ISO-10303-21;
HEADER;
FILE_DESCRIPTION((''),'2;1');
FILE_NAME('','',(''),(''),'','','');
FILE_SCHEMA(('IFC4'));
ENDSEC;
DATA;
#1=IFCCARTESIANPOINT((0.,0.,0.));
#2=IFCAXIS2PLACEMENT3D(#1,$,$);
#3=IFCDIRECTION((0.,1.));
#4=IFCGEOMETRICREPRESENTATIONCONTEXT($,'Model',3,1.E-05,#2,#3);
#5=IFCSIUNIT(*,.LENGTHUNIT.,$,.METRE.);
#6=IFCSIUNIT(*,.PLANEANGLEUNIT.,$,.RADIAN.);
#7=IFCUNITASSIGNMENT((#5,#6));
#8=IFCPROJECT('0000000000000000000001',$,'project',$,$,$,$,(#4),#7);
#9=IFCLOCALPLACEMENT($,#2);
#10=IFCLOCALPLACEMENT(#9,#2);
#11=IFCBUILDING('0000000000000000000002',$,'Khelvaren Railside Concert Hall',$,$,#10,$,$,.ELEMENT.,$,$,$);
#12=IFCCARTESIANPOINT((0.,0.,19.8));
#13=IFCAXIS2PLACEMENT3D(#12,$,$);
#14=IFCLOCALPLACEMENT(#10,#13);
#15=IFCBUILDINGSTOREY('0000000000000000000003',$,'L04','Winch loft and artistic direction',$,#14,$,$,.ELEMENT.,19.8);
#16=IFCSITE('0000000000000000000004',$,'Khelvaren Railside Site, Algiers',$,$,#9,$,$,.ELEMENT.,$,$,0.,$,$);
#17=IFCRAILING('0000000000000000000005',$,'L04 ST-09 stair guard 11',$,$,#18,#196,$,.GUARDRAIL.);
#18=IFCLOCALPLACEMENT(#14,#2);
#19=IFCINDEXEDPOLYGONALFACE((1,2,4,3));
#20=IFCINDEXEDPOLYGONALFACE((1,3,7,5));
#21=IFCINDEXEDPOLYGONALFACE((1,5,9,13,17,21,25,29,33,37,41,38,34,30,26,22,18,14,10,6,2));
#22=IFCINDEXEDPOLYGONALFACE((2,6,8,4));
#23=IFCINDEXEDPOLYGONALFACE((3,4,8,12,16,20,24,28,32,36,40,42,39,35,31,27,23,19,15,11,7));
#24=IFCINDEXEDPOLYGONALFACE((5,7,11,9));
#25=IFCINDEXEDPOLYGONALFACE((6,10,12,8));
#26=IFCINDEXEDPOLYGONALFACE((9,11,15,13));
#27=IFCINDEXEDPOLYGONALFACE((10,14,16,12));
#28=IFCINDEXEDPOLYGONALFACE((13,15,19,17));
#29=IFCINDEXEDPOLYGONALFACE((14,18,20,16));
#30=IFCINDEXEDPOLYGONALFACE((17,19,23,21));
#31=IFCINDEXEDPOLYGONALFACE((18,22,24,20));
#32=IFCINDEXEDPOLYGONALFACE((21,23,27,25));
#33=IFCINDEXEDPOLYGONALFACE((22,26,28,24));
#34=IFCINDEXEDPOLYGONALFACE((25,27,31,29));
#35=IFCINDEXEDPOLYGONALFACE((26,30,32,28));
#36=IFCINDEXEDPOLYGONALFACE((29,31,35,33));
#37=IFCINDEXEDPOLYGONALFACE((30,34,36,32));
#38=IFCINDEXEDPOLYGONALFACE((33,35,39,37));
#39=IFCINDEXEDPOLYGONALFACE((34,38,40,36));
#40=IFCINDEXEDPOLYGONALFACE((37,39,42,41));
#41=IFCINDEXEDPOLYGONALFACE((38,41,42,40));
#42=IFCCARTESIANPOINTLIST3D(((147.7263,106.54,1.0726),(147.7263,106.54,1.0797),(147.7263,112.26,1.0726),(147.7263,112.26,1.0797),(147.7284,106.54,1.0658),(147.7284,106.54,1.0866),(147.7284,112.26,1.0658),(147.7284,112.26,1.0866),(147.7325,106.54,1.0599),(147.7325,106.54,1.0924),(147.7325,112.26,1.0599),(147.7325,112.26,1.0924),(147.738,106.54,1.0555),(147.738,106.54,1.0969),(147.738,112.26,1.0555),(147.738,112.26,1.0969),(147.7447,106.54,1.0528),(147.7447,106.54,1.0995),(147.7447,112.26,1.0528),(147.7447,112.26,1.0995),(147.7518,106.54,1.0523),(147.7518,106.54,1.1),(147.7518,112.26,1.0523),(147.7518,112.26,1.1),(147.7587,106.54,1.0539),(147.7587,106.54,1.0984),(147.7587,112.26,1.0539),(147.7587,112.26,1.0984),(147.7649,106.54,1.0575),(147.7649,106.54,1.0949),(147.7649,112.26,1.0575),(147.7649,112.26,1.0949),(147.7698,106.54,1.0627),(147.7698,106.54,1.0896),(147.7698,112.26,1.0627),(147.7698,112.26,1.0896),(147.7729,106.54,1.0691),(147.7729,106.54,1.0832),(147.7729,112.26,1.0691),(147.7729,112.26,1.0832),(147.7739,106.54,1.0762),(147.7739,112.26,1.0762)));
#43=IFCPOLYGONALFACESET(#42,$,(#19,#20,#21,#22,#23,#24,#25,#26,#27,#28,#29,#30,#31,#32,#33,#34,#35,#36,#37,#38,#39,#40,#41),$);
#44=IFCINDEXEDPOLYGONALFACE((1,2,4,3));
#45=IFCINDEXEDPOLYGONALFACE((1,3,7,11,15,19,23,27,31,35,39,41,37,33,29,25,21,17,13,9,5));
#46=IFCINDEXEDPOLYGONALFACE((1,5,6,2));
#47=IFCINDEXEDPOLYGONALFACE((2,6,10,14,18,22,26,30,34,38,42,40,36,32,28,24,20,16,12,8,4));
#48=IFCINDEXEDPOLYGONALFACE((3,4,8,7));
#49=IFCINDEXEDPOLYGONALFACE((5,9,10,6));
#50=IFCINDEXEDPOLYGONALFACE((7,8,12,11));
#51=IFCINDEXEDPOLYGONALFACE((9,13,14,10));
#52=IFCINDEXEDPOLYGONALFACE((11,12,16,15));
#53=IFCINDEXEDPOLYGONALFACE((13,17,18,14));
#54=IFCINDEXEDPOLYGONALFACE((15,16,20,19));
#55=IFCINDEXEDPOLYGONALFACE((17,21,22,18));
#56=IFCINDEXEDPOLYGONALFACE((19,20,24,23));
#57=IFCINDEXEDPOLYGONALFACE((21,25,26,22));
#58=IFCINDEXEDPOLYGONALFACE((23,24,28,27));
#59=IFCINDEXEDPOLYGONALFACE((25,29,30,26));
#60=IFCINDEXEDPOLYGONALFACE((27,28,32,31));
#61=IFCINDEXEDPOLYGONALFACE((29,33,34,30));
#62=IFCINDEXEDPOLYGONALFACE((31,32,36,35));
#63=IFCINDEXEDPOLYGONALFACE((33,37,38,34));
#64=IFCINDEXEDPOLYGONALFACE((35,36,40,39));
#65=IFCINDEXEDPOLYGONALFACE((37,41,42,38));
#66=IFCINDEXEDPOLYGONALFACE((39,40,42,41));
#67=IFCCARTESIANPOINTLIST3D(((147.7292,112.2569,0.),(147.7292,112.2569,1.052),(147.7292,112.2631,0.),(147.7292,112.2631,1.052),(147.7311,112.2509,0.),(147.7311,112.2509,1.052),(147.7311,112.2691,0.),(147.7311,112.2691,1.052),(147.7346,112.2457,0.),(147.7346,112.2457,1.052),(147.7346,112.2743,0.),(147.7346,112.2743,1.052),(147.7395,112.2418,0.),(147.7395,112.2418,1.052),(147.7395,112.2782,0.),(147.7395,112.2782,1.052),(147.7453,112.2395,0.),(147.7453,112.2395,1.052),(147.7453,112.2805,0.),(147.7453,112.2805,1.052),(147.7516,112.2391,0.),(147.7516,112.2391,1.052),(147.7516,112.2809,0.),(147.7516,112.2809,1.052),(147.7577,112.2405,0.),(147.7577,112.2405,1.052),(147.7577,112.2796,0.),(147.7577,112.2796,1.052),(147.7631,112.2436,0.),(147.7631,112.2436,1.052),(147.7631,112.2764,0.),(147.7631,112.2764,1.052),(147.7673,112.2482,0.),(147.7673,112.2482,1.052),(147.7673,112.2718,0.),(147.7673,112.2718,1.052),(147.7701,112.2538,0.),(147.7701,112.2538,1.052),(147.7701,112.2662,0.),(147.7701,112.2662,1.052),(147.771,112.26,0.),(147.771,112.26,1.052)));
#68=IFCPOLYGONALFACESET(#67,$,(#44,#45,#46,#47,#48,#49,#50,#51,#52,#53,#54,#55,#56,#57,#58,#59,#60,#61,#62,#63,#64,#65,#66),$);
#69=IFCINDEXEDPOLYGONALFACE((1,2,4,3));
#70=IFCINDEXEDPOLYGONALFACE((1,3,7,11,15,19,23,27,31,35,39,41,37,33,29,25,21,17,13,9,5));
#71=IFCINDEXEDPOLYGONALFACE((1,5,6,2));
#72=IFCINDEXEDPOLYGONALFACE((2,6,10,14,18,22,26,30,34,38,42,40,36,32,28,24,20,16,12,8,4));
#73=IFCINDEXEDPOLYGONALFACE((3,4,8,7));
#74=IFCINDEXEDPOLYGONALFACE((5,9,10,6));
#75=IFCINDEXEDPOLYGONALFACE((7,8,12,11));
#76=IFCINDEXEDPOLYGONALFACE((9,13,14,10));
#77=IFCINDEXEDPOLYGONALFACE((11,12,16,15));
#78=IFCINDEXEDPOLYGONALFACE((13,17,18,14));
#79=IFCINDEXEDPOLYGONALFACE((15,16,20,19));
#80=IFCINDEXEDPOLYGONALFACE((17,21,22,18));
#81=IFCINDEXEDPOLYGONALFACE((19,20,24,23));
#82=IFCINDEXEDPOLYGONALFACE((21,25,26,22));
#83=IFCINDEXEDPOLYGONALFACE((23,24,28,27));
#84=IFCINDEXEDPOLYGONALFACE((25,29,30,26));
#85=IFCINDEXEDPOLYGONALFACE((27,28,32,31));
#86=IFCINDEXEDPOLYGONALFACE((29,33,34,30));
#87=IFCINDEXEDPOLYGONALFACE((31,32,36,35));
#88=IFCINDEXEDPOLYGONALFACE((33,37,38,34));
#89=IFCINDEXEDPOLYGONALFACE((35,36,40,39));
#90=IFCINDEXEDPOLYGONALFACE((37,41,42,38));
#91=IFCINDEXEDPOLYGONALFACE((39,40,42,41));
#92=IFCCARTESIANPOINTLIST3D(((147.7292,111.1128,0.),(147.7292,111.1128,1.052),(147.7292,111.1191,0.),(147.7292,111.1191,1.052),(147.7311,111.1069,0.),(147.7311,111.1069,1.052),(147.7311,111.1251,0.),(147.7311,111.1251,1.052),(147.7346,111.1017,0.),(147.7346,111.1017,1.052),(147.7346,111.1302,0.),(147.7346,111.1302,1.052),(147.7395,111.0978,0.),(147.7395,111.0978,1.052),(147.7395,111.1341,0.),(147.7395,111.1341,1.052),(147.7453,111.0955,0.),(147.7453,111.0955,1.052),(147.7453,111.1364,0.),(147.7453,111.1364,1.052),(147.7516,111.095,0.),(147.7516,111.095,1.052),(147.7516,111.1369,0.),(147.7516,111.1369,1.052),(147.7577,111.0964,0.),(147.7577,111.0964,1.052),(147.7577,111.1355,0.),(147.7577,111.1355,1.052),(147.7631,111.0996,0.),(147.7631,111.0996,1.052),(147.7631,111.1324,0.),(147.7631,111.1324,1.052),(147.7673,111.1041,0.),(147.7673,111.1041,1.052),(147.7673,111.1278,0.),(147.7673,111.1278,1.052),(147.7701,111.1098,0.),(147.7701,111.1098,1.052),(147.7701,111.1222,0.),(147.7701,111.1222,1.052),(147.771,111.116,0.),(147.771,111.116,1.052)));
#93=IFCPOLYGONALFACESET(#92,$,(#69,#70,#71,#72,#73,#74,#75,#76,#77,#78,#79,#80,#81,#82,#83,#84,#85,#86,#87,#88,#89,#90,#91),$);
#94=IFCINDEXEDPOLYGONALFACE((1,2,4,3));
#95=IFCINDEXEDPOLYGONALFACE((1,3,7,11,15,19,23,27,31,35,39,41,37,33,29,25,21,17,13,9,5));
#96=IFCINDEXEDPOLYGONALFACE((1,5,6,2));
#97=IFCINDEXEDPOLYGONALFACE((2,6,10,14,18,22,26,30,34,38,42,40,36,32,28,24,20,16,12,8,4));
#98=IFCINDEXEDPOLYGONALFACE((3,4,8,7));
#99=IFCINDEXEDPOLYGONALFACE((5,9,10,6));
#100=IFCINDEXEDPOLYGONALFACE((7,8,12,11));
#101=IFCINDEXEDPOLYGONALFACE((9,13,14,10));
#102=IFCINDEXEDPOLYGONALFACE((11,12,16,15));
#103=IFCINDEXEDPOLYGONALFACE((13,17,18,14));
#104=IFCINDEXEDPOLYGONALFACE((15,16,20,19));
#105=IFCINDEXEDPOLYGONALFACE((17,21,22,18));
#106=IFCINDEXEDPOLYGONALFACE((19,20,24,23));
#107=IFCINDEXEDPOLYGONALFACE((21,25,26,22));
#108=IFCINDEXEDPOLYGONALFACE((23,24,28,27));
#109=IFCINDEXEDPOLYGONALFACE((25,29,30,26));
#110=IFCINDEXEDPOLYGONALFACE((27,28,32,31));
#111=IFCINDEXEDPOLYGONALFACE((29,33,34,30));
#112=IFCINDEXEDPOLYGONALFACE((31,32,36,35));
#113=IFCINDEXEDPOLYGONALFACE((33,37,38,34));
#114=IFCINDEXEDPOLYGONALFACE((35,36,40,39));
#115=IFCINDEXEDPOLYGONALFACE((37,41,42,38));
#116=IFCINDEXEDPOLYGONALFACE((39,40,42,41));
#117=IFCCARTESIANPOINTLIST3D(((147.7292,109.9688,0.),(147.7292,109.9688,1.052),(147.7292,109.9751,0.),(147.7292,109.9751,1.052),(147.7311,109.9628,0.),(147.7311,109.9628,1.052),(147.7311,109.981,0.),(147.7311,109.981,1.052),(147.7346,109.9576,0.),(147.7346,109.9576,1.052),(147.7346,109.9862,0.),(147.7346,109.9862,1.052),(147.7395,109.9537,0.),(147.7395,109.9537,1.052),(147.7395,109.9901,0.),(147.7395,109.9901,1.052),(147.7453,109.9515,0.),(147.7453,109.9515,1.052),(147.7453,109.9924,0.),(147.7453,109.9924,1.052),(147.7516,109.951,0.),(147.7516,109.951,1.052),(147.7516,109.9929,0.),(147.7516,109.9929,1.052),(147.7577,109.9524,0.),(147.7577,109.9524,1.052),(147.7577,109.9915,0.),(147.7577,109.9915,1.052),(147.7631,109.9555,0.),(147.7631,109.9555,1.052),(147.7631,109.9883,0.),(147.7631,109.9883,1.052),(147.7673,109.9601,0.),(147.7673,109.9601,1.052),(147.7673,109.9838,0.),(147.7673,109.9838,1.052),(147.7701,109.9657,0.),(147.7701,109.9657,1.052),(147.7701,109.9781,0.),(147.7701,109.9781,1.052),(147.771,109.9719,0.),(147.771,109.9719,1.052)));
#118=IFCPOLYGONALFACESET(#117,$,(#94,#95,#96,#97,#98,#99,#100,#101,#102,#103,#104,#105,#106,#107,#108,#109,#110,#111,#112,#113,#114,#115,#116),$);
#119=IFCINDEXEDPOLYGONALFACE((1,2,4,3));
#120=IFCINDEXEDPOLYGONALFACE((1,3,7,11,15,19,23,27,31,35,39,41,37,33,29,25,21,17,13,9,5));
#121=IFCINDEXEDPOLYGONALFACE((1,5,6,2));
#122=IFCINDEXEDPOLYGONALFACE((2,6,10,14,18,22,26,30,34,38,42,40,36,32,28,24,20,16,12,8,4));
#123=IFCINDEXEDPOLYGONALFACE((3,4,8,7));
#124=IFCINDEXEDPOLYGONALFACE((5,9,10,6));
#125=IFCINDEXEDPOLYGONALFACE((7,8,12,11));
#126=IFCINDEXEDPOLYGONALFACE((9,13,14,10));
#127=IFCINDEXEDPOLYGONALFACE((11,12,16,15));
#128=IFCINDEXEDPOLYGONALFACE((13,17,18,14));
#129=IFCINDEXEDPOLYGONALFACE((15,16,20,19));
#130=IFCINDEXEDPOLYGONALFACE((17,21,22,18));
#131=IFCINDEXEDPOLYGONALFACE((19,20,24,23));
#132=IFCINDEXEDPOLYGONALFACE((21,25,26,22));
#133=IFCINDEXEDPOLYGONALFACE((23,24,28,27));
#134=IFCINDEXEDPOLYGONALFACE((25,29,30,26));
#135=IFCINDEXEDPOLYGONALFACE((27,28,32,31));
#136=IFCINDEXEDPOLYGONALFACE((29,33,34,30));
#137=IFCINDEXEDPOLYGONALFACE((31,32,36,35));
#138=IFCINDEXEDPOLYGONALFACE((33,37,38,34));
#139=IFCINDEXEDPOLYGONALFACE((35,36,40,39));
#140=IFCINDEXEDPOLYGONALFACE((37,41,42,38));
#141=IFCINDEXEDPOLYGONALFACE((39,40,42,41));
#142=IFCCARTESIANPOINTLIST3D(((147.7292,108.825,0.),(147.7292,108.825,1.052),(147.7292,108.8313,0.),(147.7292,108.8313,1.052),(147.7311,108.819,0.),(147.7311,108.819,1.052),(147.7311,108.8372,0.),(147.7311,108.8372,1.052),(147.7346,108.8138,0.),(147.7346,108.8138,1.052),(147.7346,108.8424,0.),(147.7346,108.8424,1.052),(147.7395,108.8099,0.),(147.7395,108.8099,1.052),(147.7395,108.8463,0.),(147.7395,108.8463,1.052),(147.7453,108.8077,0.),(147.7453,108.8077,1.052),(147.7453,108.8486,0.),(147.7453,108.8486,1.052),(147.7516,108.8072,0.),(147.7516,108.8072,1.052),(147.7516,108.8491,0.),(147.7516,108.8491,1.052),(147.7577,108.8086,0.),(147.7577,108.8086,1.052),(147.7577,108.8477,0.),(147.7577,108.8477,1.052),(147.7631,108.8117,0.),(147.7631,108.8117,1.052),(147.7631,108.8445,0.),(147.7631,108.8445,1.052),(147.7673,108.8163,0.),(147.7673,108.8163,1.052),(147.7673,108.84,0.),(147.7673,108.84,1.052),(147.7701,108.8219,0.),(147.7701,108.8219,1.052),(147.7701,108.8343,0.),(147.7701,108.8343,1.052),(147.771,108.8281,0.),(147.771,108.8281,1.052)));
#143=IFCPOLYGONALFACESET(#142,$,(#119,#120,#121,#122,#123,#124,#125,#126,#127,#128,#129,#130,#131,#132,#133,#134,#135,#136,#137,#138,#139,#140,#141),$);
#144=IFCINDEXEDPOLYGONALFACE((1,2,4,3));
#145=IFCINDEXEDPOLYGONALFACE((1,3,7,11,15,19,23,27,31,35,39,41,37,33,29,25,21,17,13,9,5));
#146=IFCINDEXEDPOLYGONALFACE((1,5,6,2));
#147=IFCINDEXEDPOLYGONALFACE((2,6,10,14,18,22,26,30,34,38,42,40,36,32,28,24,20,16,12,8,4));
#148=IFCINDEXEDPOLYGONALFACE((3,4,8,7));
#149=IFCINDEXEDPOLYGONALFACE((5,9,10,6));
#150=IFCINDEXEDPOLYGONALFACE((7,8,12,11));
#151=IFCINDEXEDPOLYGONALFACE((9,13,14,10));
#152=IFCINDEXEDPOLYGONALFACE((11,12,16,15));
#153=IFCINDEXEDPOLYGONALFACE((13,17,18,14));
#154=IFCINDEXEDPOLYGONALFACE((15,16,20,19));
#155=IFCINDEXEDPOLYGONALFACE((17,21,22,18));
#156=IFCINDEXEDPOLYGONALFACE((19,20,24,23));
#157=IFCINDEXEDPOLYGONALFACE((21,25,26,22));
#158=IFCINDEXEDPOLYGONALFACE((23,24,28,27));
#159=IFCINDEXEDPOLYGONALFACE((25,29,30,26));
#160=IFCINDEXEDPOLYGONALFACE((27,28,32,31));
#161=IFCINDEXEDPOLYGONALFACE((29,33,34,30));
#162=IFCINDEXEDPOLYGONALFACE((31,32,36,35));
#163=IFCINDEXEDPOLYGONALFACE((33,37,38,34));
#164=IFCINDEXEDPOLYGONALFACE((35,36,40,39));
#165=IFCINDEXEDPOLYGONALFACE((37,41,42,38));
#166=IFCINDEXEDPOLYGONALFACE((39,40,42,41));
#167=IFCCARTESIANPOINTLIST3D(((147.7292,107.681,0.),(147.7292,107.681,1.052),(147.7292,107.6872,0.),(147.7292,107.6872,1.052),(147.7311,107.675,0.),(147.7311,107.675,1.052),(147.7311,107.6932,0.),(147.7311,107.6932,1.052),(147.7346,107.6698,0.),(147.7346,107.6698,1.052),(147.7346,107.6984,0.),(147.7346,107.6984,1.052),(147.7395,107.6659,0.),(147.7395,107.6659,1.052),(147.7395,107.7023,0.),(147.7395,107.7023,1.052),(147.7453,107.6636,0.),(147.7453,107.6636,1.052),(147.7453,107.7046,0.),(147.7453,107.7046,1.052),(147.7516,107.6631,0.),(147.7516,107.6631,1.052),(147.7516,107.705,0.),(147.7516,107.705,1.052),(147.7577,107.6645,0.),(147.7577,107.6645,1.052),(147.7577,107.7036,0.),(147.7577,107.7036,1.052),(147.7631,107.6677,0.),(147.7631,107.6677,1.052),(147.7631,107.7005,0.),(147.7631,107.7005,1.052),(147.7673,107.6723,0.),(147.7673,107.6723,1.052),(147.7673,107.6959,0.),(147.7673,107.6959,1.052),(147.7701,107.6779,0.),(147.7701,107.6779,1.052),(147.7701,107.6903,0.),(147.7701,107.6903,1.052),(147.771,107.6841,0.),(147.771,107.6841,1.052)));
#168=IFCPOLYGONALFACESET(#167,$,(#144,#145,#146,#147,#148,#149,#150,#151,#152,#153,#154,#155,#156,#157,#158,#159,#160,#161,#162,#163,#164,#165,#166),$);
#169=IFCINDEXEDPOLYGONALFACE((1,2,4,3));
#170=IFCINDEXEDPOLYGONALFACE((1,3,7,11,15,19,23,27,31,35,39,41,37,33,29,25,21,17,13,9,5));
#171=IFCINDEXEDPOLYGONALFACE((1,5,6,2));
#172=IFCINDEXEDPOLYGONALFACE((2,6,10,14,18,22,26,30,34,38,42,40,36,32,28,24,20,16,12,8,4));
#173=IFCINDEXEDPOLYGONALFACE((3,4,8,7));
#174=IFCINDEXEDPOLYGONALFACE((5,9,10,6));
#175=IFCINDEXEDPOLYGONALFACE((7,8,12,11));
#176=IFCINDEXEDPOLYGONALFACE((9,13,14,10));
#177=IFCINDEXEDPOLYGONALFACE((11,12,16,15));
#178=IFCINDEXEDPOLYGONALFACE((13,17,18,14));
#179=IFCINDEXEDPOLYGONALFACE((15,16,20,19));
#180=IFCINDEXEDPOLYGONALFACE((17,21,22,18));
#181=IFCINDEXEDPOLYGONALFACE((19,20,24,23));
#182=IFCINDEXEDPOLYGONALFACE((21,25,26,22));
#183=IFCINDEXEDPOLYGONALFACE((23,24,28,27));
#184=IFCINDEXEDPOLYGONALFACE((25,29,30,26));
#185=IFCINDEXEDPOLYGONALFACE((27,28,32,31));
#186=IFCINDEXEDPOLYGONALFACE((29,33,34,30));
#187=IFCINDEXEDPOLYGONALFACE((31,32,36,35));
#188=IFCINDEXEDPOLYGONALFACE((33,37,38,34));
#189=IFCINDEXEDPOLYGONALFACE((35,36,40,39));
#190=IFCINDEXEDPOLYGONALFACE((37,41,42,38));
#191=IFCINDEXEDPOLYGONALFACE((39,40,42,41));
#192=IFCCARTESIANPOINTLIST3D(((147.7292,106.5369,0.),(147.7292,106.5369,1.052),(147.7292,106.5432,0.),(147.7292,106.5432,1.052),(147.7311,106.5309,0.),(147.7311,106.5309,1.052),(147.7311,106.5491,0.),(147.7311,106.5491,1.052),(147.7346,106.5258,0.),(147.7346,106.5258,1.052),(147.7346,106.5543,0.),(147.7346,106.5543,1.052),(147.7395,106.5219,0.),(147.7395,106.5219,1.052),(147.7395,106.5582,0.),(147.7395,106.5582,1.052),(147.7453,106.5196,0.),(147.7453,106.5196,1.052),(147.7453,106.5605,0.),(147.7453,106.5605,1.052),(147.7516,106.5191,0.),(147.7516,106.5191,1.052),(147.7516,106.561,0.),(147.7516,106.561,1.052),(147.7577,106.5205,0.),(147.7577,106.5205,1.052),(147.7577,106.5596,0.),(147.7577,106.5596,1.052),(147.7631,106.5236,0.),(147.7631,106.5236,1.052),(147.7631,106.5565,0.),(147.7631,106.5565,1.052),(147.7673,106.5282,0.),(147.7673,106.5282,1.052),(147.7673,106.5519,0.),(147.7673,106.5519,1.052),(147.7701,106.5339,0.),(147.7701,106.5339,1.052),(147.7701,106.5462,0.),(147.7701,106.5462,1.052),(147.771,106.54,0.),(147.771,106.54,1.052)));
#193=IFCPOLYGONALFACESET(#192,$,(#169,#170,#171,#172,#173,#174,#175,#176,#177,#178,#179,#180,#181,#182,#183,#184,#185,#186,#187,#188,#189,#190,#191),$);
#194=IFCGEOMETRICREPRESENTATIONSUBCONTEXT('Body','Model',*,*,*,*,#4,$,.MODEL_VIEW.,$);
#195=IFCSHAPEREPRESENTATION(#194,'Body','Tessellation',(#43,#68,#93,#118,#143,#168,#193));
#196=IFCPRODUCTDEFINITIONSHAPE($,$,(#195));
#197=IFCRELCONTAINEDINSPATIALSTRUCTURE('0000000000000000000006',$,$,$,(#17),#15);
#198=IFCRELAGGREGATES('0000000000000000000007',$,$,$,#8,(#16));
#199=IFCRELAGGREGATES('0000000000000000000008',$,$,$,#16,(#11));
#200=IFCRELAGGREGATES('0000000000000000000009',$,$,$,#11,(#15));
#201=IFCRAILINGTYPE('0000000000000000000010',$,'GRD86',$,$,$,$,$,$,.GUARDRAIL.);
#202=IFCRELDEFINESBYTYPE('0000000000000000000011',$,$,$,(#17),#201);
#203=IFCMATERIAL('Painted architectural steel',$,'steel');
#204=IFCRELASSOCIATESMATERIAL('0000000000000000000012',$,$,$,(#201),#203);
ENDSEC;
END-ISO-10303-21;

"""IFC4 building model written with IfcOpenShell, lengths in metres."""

from ifc_helpers import new_model, si_unit, direction, frame, origin, origin_2d, place, context, subcontext, project, spatial, circle, extrude, material, type_object, element, save


model = new_model("IFC4")

# Units and contexts
model_context = context("Model", 3, precision=1e-05, world=origin(), true_north=direction((0.0, 1.0)))
body_context = subcontext(model_context, "Body", "Model", "MODEL_VIEW")
ifc_project = project(units=[si_unit("LENGTHUNIT", "METRE"), si_unit("PLANEANGLEUNIT", "RADIAN")], contexts=[model_context])

# Site, building, storey
site_placement = place(None, origin())
site = spatial("IfcSite", under=ifc_project, at=site_placement, Name="Khelvaren Railside Site, Algiers", CompositionType="ELEMENT", RefElevation=0.0)
building_placement = place(site_placement, origin())
building = spatial("IfcBuilding", under=site, at=building_placement, Name="Khelvaren Railside Concert Hall", CompositionType="ELEMENT")
storey_placement = place(building_placement, frame((0.0, 0.0, 19.8)))
storey = spatial("IfcBuildingStorey", under=building, at=storey_placement, Name="L04", Description="Winch loft and artistic direction", CompositionType="ELEMENT", Elevation=19.8)

# Railing
ifc_material_1 = material(Name="Painted architectural steel", Category="steel")
railing_type_1 = type_object("IfcRailingType", Name="GRD86", PredefinedType="GUARDRAIL", material=ifc_material_1)
for number, where, name in (
    (1, (147.75, 112.26, 0.0), "L04 ST-09 stair guard 11"),
):
    element("IfcRailing", number, at=place(storey_placement, frame(where)), inside=storey, type_object=railing_type_1, Name=name, PredefinedType="GUARDRAIL", context=body_context, shape_type="SweptSolid", body=[
        extrude(circle(Radius=0.0239, at=origin_2d()), frame((0.0, 0.0, 1.0762), z_axis=(0.0, -1.0, 0.0), x_axis=(1.0, 0.0, 0.0)), (0.0, 0.0, 1.0), 5.72),
        extrude(circle(Radius=0.021, at=origin_2d()), origin(), (0.0, 0.0, 1.0), 1.052),
        extrude(circle(Radius=0.021, at=origin_2d()), frame((0.0, -1.144, 0.0)), (0.0, 0.0, 1.0), 1.052),
        extrude(circle(Radius=0.021, at=origin_2d()), frame((0.0, -2.2881, 0.0)), (0.0, 0.0, 1.0), 1.052),
        extrude(circle(Radius=0.021, at=origin_2d()), frame((0.0, -3.4319, 0.0)), (0.0, 0.0, 1.0), 1.052),
        extrude(circle(Radius=0.021, at=origin_2d()), frame((0.0, -4.5759, 0.0)), (0.0, 0.0, 1.0), 1.052),
        extrude(circle(Radius=0.021, at=origin_2d()), frame((0.0, -5.72, 0.0)), (0.0, 0.0, 1.0), 1.052),
    ])

save(model, "model.ifc")
